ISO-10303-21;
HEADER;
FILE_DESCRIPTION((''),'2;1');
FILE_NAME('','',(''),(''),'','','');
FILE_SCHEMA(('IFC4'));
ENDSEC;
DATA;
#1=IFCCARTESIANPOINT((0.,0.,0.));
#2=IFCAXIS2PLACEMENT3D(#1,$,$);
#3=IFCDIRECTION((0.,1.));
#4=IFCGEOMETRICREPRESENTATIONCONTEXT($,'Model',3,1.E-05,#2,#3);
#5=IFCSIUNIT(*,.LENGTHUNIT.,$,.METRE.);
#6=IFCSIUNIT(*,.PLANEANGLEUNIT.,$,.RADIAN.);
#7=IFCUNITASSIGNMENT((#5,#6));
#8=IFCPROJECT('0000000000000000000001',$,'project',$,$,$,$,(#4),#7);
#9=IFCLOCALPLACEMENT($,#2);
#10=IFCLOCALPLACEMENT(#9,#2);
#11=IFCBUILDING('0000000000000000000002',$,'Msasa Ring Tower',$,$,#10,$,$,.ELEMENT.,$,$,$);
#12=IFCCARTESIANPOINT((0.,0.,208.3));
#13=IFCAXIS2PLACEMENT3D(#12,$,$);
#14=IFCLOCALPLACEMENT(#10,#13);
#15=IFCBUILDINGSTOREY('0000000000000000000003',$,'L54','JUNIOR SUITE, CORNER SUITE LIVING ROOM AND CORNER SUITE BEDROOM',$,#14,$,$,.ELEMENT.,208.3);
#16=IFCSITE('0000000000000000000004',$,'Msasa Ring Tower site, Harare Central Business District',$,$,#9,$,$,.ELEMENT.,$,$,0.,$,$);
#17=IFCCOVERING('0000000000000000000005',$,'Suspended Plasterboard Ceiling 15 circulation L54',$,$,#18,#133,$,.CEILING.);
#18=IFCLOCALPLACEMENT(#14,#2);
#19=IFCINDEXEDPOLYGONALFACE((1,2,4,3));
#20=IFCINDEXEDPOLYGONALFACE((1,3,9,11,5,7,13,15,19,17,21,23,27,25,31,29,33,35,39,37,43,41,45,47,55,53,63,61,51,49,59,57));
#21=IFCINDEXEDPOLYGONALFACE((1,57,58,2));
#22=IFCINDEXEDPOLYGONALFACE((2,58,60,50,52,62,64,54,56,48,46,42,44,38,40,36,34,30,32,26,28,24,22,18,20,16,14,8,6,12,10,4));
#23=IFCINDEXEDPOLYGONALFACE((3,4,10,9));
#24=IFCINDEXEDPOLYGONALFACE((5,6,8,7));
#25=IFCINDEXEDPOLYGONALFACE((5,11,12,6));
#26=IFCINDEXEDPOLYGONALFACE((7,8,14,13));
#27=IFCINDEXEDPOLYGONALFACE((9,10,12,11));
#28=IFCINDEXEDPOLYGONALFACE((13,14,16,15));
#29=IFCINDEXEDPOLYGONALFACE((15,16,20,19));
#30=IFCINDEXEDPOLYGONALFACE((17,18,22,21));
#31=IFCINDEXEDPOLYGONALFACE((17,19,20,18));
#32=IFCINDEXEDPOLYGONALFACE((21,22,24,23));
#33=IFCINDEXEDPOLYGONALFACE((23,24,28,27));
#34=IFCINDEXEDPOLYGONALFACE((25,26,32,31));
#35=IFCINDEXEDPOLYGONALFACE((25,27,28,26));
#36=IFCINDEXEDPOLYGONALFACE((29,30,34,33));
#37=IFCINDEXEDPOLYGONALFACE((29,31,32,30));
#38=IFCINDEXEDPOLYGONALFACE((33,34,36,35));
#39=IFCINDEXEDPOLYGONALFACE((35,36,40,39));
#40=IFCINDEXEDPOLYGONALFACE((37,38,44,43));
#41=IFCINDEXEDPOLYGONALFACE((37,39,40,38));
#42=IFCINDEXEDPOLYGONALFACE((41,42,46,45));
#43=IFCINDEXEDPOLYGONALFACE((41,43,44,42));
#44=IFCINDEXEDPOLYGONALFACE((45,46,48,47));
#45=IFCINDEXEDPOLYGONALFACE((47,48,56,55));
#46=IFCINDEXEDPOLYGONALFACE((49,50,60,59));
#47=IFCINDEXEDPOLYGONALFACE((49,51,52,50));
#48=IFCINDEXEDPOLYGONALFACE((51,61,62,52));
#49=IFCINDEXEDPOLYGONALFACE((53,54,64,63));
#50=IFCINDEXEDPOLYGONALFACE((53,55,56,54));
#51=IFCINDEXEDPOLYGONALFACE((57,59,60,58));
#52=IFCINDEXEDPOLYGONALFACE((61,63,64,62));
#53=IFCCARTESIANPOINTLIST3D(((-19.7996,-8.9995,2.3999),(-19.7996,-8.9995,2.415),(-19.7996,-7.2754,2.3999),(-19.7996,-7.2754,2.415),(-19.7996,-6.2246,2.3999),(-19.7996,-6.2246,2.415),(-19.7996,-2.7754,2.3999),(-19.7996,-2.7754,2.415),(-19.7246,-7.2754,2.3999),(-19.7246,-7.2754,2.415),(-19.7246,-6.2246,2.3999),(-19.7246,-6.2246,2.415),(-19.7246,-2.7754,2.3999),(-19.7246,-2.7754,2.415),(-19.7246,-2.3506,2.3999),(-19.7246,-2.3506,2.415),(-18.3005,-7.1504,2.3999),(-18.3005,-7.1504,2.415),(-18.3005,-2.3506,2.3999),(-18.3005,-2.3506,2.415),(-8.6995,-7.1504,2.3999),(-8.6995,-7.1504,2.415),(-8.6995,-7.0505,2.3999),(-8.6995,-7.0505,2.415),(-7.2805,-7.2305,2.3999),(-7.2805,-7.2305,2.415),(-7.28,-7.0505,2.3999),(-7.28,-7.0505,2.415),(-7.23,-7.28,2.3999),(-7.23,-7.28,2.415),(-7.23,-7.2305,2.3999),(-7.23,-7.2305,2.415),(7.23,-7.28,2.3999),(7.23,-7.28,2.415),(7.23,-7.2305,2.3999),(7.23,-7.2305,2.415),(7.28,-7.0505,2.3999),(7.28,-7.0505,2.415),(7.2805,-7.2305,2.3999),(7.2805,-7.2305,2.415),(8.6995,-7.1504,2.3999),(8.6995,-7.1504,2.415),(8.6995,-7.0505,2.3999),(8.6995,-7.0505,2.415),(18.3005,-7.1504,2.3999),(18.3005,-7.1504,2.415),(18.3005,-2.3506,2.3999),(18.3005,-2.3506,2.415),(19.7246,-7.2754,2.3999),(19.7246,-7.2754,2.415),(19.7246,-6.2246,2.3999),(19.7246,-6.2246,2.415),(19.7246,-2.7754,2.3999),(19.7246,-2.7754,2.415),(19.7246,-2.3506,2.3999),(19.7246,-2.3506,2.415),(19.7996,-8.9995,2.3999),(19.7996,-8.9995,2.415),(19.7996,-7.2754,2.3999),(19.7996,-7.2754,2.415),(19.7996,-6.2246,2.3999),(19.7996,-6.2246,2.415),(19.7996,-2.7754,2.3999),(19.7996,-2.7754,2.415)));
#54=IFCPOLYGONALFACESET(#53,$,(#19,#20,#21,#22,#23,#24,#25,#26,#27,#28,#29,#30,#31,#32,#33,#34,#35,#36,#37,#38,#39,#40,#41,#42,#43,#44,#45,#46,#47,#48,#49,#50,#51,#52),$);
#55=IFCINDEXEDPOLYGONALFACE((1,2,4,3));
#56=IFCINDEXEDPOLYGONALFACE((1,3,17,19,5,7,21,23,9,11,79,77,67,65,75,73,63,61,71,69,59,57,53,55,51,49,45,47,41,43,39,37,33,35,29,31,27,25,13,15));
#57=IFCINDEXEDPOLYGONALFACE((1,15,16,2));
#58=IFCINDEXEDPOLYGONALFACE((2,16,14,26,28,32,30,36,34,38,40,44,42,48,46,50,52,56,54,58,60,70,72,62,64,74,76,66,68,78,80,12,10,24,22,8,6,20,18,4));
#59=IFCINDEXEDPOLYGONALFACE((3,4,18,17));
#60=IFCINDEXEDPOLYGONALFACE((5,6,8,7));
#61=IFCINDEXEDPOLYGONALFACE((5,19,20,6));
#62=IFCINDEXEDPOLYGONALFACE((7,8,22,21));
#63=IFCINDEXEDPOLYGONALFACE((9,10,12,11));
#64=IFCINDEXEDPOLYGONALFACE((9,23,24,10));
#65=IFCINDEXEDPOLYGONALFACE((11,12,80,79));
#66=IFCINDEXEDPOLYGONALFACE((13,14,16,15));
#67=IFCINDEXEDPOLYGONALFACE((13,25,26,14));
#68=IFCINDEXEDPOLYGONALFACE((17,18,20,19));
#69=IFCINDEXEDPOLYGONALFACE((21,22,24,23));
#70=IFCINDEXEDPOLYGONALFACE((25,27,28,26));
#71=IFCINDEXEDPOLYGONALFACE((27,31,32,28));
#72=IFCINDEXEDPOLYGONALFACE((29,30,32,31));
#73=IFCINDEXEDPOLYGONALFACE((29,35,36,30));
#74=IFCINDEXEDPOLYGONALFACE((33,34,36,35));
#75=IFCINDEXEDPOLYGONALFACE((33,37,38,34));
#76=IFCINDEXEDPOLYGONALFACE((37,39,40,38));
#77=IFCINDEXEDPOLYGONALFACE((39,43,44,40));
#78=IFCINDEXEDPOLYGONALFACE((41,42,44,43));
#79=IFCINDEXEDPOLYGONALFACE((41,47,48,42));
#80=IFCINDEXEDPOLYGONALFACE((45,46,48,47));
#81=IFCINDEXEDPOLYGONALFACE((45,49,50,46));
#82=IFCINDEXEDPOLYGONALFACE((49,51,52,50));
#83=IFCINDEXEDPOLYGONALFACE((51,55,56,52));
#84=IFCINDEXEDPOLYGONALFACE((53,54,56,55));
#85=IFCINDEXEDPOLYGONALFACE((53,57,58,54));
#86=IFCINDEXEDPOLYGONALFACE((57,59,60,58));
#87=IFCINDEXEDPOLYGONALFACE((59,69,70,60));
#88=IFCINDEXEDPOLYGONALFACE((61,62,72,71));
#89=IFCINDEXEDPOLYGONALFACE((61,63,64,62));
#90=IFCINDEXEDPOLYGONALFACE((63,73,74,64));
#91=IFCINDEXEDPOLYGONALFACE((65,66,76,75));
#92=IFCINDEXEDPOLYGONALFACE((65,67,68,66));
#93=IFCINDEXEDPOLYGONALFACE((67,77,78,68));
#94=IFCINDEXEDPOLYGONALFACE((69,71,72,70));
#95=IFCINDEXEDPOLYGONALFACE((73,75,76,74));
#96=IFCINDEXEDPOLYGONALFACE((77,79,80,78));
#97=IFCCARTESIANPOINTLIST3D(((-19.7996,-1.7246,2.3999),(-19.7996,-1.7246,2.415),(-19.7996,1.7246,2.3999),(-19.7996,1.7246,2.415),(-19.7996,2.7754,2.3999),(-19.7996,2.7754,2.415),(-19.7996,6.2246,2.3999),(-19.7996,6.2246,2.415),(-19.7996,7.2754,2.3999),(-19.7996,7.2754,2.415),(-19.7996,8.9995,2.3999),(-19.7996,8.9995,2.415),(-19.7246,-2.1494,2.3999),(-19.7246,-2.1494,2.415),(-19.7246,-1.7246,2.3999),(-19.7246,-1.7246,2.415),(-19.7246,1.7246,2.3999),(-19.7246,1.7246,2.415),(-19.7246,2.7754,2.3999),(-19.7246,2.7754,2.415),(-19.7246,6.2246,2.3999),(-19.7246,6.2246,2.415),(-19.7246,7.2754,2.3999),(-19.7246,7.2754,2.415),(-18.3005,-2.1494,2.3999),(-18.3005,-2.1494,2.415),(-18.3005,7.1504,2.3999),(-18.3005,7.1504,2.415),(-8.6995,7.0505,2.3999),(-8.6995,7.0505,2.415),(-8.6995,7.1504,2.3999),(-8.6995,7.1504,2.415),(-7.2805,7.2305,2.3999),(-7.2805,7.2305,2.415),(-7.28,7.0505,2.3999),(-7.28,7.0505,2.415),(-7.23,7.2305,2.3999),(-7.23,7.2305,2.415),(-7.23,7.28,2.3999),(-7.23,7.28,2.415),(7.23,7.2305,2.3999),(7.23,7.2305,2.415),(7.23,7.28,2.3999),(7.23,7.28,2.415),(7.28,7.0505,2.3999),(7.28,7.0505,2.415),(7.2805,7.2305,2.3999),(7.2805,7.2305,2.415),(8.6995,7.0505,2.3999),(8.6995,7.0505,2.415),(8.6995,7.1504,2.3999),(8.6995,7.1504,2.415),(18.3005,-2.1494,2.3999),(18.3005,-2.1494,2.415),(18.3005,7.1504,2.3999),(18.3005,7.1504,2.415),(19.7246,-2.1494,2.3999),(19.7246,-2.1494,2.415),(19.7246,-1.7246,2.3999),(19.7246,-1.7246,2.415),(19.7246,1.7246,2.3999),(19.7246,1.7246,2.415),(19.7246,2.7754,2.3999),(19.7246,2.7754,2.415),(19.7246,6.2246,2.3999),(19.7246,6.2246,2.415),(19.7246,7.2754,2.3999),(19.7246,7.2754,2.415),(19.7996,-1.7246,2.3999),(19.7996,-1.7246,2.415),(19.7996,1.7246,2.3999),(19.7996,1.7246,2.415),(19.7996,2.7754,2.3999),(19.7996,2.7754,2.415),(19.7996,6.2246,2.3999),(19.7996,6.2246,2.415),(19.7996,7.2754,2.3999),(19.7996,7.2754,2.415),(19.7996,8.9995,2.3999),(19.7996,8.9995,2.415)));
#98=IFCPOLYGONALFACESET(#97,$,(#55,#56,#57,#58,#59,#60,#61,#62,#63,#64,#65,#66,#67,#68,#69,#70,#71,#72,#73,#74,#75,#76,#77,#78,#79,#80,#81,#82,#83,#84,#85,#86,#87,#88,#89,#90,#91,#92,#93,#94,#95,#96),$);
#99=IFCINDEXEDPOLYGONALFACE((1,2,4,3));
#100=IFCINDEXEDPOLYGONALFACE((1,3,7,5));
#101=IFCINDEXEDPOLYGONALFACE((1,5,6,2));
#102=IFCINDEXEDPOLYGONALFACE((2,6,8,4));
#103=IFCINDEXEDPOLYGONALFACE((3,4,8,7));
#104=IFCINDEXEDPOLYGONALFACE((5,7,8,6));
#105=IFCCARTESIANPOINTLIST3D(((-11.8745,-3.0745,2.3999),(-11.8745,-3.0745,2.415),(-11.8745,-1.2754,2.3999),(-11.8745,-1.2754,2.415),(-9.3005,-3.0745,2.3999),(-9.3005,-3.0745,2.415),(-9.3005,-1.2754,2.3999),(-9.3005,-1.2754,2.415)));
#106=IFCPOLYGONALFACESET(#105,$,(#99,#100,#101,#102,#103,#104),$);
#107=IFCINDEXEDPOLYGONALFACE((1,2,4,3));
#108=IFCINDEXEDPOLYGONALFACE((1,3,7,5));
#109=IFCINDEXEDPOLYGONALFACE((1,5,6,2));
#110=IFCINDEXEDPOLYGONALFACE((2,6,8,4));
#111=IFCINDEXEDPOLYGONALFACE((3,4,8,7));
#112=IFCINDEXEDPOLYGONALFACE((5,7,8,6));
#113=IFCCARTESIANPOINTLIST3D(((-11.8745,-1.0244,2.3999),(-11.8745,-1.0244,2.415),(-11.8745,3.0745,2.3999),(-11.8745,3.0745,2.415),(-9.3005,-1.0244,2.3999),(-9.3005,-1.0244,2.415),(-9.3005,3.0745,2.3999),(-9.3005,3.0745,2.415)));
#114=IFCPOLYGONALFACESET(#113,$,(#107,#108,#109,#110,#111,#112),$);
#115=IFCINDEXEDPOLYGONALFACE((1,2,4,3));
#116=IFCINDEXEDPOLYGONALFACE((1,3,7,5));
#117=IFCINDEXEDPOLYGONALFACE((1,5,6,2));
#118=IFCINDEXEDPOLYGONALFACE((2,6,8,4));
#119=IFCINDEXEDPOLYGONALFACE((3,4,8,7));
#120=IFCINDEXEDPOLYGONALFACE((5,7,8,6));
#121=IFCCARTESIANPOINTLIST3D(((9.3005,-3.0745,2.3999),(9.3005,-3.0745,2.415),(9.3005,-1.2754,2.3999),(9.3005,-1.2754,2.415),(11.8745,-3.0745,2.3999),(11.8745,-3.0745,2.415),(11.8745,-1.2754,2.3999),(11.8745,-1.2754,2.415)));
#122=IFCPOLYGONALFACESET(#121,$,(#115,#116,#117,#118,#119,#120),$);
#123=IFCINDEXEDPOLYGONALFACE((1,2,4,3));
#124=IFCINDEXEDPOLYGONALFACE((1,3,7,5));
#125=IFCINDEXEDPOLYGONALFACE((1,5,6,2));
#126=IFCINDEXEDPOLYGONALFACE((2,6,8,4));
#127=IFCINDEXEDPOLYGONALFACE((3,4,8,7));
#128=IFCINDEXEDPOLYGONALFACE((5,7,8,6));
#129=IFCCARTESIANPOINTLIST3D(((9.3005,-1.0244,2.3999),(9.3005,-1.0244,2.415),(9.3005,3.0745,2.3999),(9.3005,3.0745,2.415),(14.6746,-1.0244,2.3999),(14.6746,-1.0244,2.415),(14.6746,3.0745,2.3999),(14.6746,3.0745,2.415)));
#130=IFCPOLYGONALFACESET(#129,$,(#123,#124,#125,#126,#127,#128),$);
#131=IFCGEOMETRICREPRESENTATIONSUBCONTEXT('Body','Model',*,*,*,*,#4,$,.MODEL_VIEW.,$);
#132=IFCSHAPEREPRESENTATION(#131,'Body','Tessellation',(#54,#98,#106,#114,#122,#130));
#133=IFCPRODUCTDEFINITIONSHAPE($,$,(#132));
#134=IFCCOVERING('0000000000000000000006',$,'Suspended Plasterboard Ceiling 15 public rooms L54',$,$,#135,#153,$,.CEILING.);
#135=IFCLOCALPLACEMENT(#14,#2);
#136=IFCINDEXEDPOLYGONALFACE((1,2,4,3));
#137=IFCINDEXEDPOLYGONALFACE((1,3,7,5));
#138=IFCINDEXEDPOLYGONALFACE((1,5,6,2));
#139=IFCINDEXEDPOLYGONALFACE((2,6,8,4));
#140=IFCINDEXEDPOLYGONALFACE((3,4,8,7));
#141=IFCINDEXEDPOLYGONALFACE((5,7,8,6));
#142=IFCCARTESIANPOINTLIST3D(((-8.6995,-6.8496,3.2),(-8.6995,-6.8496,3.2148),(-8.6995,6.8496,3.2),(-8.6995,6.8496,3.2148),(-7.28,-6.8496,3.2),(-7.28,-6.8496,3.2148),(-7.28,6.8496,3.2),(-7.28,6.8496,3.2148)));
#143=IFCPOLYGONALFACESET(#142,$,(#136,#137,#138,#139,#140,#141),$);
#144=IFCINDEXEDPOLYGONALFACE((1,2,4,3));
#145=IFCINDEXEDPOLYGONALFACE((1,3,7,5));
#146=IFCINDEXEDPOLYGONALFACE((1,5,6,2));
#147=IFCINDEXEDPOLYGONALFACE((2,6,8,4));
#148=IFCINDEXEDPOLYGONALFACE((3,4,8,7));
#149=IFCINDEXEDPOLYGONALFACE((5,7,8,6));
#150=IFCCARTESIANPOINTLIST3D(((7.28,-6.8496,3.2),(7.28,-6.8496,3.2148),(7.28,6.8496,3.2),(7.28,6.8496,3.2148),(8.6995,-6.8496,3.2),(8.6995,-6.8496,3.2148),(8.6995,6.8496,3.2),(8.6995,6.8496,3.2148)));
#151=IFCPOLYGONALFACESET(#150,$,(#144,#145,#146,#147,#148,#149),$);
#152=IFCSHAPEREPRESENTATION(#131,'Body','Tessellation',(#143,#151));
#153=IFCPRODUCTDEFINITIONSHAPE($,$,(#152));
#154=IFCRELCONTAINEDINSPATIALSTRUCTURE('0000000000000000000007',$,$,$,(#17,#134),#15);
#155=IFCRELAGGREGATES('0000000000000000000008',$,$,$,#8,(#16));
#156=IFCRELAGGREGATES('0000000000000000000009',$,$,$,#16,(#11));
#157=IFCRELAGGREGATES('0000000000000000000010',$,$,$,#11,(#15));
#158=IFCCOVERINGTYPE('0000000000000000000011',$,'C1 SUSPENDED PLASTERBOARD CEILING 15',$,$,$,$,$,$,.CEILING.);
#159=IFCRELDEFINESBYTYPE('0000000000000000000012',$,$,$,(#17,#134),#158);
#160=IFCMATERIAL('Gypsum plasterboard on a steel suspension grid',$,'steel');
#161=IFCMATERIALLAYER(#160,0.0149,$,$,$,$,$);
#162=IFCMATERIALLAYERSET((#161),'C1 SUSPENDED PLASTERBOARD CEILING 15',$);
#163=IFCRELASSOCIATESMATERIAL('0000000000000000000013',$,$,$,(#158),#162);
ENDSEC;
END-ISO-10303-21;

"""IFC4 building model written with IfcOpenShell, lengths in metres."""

from ifc_helpers import new_model, si_unit, direction, frame, origin, place, context, subcontext, project, spatial, line, indexed_curve, outline, extrude, material, layer, layer_set, type_object, element, save


model = new_model("IFC4")

# Units and contexts
model_context = context("Model", 3, precision=1e-05, world=origin(), true_north=direction((0.0, 1.0)))
body_context = subcontext(model_context, "Body", "Model", "MODEL_VIEW")
ifc_project = project(units=[si_unit("LENGTHUNIT", "METRE"), si_unit("PLANEANGLEUNIT", "RADIAN")], contexts=[model_context])

# Site, building, storey
site_placement = place(None, origin())
site = spatial("IfcSite", under=ifc_project, at=site_placement, Name="Msasa Ring Tower site, Harare Central Business District", CompositionType="ELEMENT", RefElevation=0.0)
building_placement = place(site_placement, origin())
building = spatial("IfcBuilding", under=site, at=building_placement, Name="Msasa Ring Tower", CompositionType="ELEMENT")
storey_placement = place(building_placement, frame((0.0, 0.0, 208.3)))
storey = spatial("IfcBuildingStorey", under=building, at=storey_placement, Name="L54", Description="JUNIOR SUITE, CORNER SUITE LIVING ROOM AND CORNER SUITE BEDROOM", CompositionType="ELEMENT", Elevation=208.3)

# Coverings
ifc_material_1 = material(Name="Gypsum plasterboard on a steel suspension grid", Category="steel")
ifc_layer_1 = layer(ifc_material_1, 0.0149)
ifc_layer_set_1 = layer_set([ifc_layer_1], Name="C1 SUSPENDED PLASTERBOARD CEILING 15")
covering_type_1 = type_object("IfcCoveringType", Name="C1 SUSPENDED PLASTERBOARD CEILING 15", PredefinedType="CEILING", material=ifc_layer_set_1)
covering_1_placement = place(storey_placement, frame((0.0, 0.0, 2.3999)))
element("IfcCovering", 1, at=covering_1_placement, inside=storey, type_object=covering_type_1, Name="Suspended Plasterboard Ceiling 15 circulation L54", PredefinedType="CEILING", context=body_context, shape_type="SweptSolid", body=[
    extrude(outline(indexed_curve([(-8.6995, -7.0505), (-7.28, -7.0505), (-7.2805, -7.2305), (-7.23, -7.2305), (-7.23, -7.28), (7.23, -7.28), (7.23, -7.2305), (7.2805, -7.2305), (7.28, -7.0505), (8.6995, -7.0505), (8.6995, -7.1504), (18.3005, -7.1504), (18.3005, -2.3506), (19.7246, -2.3506), (19.7246, -2.7754), (19.7996, -2.7754), (19.7996, -6.2246), (19.7246, -6.2246), (19.7246, -7.2754), (19.7996, -7.2754), (19.7996, -8.9995), (-19.7996, -8.9995), (-19.7996, -7.2754), (-19.7246, -7.2754), (-19.7246, -6.2246), (-19.7996, -6.2246), (-19.7996, -2.7754), (-19.7246, -2.7754), (-19.7246, -2.3506), (-18.3005, -2.3506), (-18.3005, -7.1504), (-8.6995, -7.1504)], segments=[line(1, 2, 3, 4, 5, 6, 7, 8, 9, 10, 11, 12, 13, 14, 15, 16, 17, 18, 19, 20, 21, 22, 23, 24, 25, 26, 27, 28, 29, 30, 31, 32, 1)], self_intersect=False)), origin(), (0.0, 0.0, 1.0), 0.0151),
    extrude(outline(indexed_curve([(19.7996, 7.2754), (19.7246, 7.2754), (19.7246, 6.2246), (19.7996, 6.2246), (19.7996, 2.7754), (19.7246, 2.7754), (19.7246, 1.7246), (19.7996, 1.7246), (19.7996, -1.7246), (19.7246, -1.7246), (19.7246, -2.1494), (18.3005, -2.1494), (18.3005, 7.1504), (8.6995, 7.1504), (8.6995, 7.0505), (7.28, 7.0505), (7.2805, 7.2305), (7.23, 7.2305), (7.23, 7.28), (-7.23, 7.28), (-7.23, 7.2305), (-7.2805, 7.2305), (-7.28, 7.0505), (-8.6995, 7.0505), (-8.6995, 7.1504), (-18.3005, 7.1504), (-18.3005, -2.1494), (-19.7246, -2.1494), (-19.7246, -1.7246), (-19.7996, -1.7246), (-19.7996, 1.7246), (-19.7246, 1.7246), (-19.7246, 2.7754), (-19.7996, 2.7754), (-19.7996, 6.2246), (-19.7246, 6.2246), (-19.7246, 7.2754), (-19.7996, 7.2754), (-19.7996, 8.9995), (19.7996, 8.9995)], segments=[line(1, 2, 3, 4, 5, 6, 7, 8, 9, 10, 11, 12, 13, 14, 15, 16, 17, 18, 19, 20, 21, 22, 23, 24, 25, 26, 27, 28, 29, 30, 31, 32, 33, 34, 35, 36, 37, 38, 39, 40, 1)], self_intersect=False)), origin(), (0.0, 0.0, 1.0), 0.0151),
    extrude(outline(indexed_curve([(-11.8745, -3.0745), (-11.8745, -1.2754), (-9.3005, -1.2754), (-9.3005, -3.0745)], segments=[line(1, 2, 3, 4, 1)], self_intersect=False)), origin(), (0.0, 0.0, 1.0), 0.0151),
    extrude(outline(indexed_curve([(-9.3005, -1.0244), (-11.8745, -1.0244), (-11.8745, 3.0745), (-9.3005, 3.0745)], segments=[line(1, 2, 3, 4, 1)], self_intersect=False)), origin(), (0.0, 0.0, 1.0), 0.0151),
    extrude(outline(indexed_curve([(9.3005, -3.0745), (9.3005, -1.2754), (11.8745, -1.2754), (11.8745, -3.0745)], segments=[line(1, 2, 3, 4, 1)], self_intersect=False)), origin(), (0.0, 0.0, 1.0), 0.0151),
    extrude(outline(indexed_curve([(9.3005, -1.0244), (9.3005, 3.0745), (14.6746, 3.0745), (14.6746, -1.0244)], segments=[line(1, 2, 3, 4, 1)], self_intersect=False)), origin(), (0.0, 0.0, 1.0), 0.0151),
])
covering_2_placement = place(storey_placement, frame((0.0, 0.0, 3.2)))
element("IfcCovering", 2, at=covering_2_placement, inside=storey, type_object=covering_type_1, Name="Suspended Plasterboard Ceiling 15 public rooms L54", PredefinedType="CEILING", context=body_context, shape_type="SweptSolid", body=[
    extrude(outline(indexed_curve([(-7.28, 6.8496), (-7.28, -6.8496), (-8.6995, -6.8496), (-8.6995, 6.8496)], segments=[line(1, 2, 3, 4, 1)], self_intersect=False)), origin(), (0.0, 0.0, 1.0), 0.0149),
    extrude(outline(indexed_curve([(8.6995, 6.8496), (8.6995, -6.8496), (7.28, -6.8496), (7.28, 6.8496)], segments=[line(1, 2, 3, 4, 1)], self_intersect=False)), origin(), (0.0, 0.0, 1.0), 0.0149),
])

save(model, "model.ifc")
